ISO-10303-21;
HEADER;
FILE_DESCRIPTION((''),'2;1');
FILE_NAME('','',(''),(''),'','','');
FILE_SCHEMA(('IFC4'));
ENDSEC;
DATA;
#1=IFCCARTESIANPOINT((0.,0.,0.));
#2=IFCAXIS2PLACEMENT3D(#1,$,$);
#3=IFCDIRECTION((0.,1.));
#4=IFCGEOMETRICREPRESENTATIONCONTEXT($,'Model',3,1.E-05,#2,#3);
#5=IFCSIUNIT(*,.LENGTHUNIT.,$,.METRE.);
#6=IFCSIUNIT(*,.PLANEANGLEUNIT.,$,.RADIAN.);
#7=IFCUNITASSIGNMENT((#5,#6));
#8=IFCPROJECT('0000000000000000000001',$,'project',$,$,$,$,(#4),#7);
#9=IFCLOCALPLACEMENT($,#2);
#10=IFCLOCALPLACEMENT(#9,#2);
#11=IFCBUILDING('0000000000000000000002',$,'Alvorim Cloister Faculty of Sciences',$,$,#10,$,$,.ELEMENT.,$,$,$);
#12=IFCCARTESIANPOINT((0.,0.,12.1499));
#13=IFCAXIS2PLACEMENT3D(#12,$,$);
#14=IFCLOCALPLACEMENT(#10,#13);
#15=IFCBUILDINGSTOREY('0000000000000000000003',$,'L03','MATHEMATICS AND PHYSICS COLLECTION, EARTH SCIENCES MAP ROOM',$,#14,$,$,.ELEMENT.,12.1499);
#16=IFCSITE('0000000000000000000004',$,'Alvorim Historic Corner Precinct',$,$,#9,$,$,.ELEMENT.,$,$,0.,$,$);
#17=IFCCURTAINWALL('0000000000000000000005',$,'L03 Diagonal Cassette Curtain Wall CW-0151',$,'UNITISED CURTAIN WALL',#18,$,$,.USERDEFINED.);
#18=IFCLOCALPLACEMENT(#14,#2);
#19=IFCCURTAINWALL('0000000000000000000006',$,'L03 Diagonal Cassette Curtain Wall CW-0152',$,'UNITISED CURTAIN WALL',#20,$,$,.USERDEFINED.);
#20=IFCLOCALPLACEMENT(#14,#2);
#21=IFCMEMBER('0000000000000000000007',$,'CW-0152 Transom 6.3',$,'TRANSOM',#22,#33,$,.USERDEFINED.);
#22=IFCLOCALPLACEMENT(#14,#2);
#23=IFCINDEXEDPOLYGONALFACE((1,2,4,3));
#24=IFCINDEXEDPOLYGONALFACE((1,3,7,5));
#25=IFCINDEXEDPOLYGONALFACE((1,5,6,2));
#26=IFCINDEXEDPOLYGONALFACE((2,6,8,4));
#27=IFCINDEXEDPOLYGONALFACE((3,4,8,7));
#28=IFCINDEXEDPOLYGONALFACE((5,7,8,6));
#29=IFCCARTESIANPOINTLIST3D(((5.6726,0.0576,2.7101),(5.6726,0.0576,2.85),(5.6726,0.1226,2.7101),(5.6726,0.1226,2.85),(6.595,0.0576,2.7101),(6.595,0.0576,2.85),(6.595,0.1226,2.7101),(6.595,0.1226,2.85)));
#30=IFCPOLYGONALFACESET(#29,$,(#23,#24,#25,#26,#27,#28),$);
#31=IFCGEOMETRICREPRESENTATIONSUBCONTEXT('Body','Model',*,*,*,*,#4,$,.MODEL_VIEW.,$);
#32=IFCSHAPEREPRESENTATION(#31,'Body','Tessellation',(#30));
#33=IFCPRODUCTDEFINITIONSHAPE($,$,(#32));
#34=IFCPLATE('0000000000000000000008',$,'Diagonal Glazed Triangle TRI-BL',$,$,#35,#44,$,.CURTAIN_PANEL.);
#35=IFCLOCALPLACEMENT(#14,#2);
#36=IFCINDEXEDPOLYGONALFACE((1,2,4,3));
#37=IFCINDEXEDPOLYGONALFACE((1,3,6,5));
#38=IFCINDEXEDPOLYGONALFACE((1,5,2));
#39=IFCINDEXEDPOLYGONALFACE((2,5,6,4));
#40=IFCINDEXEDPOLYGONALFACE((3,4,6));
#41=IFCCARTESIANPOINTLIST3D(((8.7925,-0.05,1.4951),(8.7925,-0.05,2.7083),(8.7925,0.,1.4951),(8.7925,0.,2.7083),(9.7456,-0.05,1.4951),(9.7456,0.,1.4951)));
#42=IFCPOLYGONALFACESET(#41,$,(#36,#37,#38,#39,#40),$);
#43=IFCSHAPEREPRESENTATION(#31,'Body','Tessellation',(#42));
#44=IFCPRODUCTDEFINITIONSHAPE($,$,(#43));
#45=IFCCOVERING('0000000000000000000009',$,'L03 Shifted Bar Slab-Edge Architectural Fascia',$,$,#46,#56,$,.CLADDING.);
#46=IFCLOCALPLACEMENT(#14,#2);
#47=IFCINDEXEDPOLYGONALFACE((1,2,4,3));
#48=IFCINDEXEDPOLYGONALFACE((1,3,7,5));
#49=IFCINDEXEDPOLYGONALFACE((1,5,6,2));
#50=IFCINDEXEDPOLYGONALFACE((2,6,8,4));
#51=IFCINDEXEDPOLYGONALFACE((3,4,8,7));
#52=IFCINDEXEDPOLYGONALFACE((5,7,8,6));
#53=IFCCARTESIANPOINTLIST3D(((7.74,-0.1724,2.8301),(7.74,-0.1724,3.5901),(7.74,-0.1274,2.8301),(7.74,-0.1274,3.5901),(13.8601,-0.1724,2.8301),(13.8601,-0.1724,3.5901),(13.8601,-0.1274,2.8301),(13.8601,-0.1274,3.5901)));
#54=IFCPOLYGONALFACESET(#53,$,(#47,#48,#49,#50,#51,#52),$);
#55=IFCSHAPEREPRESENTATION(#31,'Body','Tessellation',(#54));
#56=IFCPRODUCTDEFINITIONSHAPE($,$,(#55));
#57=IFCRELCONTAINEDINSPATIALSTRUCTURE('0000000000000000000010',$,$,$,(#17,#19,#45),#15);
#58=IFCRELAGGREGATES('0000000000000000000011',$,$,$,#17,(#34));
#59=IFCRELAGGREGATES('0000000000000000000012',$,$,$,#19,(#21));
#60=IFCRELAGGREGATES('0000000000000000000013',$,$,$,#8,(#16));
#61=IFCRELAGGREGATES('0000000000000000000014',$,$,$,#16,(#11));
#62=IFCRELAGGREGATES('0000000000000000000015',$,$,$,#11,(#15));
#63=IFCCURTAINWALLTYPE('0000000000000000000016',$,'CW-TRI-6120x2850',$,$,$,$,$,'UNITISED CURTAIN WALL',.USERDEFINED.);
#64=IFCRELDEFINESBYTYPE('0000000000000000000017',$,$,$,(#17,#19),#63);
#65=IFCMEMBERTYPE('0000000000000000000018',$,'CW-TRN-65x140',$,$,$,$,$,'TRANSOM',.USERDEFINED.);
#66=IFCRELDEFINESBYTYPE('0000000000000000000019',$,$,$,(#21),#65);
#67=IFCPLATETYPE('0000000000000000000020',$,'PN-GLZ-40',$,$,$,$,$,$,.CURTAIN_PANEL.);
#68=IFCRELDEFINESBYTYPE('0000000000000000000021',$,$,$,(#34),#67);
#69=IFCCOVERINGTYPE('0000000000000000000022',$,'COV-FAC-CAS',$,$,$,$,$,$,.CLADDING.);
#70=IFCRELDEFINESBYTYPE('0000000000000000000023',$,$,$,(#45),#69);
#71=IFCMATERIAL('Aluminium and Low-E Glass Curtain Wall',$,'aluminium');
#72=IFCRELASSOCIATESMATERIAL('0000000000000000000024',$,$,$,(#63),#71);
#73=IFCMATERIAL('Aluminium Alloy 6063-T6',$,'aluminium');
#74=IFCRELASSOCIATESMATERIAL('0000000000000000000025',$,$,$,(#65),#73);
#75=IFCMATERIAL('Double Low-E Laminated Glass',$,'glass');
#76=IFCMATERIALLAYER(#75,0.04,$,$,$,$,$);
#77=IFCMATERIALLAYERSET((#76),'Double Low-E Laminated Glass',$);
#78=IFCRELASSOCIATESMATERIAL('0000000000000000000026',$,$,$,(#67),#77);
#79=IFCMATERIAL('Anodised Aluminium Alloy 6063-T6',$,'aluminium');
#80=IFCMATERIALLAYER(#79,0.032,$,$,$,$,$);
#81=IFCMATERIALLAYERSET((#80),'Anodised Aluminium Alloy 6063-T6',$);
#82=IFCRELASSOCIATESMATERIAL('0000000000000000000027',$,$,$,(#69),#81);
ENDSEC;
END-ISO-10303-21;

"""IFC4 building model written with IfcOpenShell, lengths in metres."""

from ifc_helpers import new_model, si_unit, direction, frame, origin, origin_2d, place, context, subcontext, project, spatial, polyline, rectangle, outline, extrude, material, layer, layer_set, material_profile, profile_set, type_object, element, aggregate, save


model = new_model("IFC4")

# Units and contexts
model_context = context("Model", 3, precision=1e-05, world=origin(), true_north=direction((0.0, 1.0)))
body_context = subcontext(model_context, "Body", "Model", "MODEL_VIEW")
ifc_project = project(units=[si_unit("LENGTHUNIT", "METRE"), si_unit("PLANEANGLEUNIT", "RADIAN")], contexts=[model_context])

# Site, building, storey
site_placement = place(None, origin())
site = spatial("IfcSite", under=ifc_project, at=site_placement, Name="Alvorim Historic Corner Precinct", CompositionType="ELEMENT", RefElevation=0.0)
building_placement = place(site_placement, origin())
building = spatial("IfcBuilding", under=site, at=building_placement, Name="Alvorim Cloister Faculty of Sciences", CompositionType="ELEMENT")
storey_placement = place(building_placement, frame((0.0, 0.0, 12.1499)))
storey = spatial("IfcBuildingStorey", under=building, at=storey_placement, Name="L03", Description="MATHEMATICS AND PHYSICS COLLECTION, EARTH SCIENCES MAP ROOM", CompositionType="ELEMENT", Elevation=12.1499)

# Curtain walls
ifc_material_1 = material(Name="Aluminium and Low-E Glass Curtain Wall", Category="aluminium")
curtain_wall_type = type_object("IfcCurtainWallType", Name="CW-TRI-6120x2850", ElementType="UNITISED CURTAIN WALL", PredefinedType="USERDEFINED", material=ifc_material_1)
curtain_wall_1_placement = place(storey_placement, origin())
curtain_wall_1 = element("IfcCurtainWall", 1, at=curtain_wall_1_placement, inside=storey, type_object=curtain_wall_type, Name="L03 Diagonal Cassette Curtain Wall CW-0151", ObjectType="UNITISED CURTAIN WALL", PredefinedType="USERDEFINED")
ifc_material_2 = material(Name="Aluminium Alloy 6063-T6", Category="aluminium")
curtain_wall_2_placement = place(storey_placement, origin())
curtain_wall_2 = element("IfcCurtainWall", 2, at=curtain_wall_2_placement, inside=storey, type_object=curtain_wall_type, Name="L03 Diagonal Cassette Curtain Wall CW-0152", ObjectType="UNITISED CURTAIN WALL", PredefinedType="USERDEFINED")

# Member
ifc_material_profile_1 = material_profile(ifc_material_2, rectangle(XDim=0.0649, YDim=0.1399, at=origin_2d()), Name="ALU-TRN-65x140")
ifc_profile_set_1 = profile_set([ifc_material_profile_1], Name="Aluminium Alloy 6063-T6")
member_type_1 = type_object("IfcMemberType", Name="CW-TRN-65x140", ElementType="TRANSOM", PredefinedType="USERDEFINED", material=ifc_profile_set_1)
member_1_placement = place(storey_placement, frame((5.6726, 0.0901, 2.78), z_axis=(1.0, 0.0, 0.0), x_axis=(0.0, 1.0, 0.0)))
member_1 = element("IfcMember", 3, at=member_1_placement, type_object=member_type_1, Name="CW-0152 Transom 6.3", ObjectType="TRANSOM", PredefinedType="USERDEFINED", context=body_context, shape_type="SweptSolid", body=[
    extrude(rectangle(XDim=0.0649, YDim=0.1399, at=origin_2d()), origin(), (0.0, 0.0, 1.0), 0.9224),
])

# Plate
ifc_material_3 = material(Name="Double Low-E Laminated Glass", Category="glass")
ifc_layer_1 = layer(ifc_material_3, 0.04)
ifc_layer_set_1 = layer_set([ifc_layer_1], Name="Double Low-E Laminated Glass")
plate_type = type_object("IfcPlateType", Name="PN-GLZ-40", PredefinedType="CURTAIN_PANEL", material=ifc_layer_set_1)
plate_1_placement = place(storey_placement, frame((8.7925, -0.0249, 1.4951), z_axis=(0.0, 0.0, 1.0), x_axis=(1.0, 0.0, 0.0)))
plate_1 = element("IfcPlate", 4, at=plate_1_placement, type_object=plate_type, Name="Diagonal Glazed Triangle TRI-BL", PredefinedType="CURTAIN_PANEL", context=body_context, shape_type="SweptSolid", body=[
    extrude(outline(polyline([(0.0, 0.0), (0.9531, 0.0), (0.0, 1.2131), (0.0, 0.0)])), frame((0.0, 0.0249, 0.0), z_axis=(0.0, -1.0, 0.0), x_axis=(1.0, 0.0, 0.0)), (0.0, 0.0, 1.0), 0.05),
])
aggregate(curtain_wall_1, [plate_1])
aggregate(curtain_wall_2, [member_1])

# Covering
ifc_material_4 = material(Name="Anodised Aluminium Alloy 6063-T6", Category="aluminium")
ifc_layer_2 = layer(ifc_material_4, 0.032)
ifc_layer_set_2 = layer_set([ifc_layer_2], Name="Anodised Aluminium Alloy 6063-T6")
covering_type = type_object("IfcCoveringType", Name="COV-FAC-CAS", PredefinedType="CLADDING", material=ifc_layer_set_2)
covering_placement = place(storey_placement, frame((7.74, -0.1499, 2.8301), z_axis=(0.0, 0.0, 1.0), x_axis=(1.0, 0.0, 0.0)))
element("IfcCovering", 5, at=covering_placement, inside=storey, type_object=covering_type, Name="L03 Shifted Bar Slab-Edge Architectural Fascia", PredefinedType="CLADDING", context=body_context, shape_type="SweptSolid", body=[
    extrude(outline(polyline([(0.0, 0.0), (6.1201, 0.0), (6.1201, 0.76), (0.0, 0.76), (0.0, 0.0)])), frame((0.0, 0.0225, 0.0), z_axis=(0.0, -1.0, 0.0), x_axis=(1.0, 0.0, 0.0)), (0.0, 0.0, 1.0), 0.0449),
])

save(model, "model.ifc")
